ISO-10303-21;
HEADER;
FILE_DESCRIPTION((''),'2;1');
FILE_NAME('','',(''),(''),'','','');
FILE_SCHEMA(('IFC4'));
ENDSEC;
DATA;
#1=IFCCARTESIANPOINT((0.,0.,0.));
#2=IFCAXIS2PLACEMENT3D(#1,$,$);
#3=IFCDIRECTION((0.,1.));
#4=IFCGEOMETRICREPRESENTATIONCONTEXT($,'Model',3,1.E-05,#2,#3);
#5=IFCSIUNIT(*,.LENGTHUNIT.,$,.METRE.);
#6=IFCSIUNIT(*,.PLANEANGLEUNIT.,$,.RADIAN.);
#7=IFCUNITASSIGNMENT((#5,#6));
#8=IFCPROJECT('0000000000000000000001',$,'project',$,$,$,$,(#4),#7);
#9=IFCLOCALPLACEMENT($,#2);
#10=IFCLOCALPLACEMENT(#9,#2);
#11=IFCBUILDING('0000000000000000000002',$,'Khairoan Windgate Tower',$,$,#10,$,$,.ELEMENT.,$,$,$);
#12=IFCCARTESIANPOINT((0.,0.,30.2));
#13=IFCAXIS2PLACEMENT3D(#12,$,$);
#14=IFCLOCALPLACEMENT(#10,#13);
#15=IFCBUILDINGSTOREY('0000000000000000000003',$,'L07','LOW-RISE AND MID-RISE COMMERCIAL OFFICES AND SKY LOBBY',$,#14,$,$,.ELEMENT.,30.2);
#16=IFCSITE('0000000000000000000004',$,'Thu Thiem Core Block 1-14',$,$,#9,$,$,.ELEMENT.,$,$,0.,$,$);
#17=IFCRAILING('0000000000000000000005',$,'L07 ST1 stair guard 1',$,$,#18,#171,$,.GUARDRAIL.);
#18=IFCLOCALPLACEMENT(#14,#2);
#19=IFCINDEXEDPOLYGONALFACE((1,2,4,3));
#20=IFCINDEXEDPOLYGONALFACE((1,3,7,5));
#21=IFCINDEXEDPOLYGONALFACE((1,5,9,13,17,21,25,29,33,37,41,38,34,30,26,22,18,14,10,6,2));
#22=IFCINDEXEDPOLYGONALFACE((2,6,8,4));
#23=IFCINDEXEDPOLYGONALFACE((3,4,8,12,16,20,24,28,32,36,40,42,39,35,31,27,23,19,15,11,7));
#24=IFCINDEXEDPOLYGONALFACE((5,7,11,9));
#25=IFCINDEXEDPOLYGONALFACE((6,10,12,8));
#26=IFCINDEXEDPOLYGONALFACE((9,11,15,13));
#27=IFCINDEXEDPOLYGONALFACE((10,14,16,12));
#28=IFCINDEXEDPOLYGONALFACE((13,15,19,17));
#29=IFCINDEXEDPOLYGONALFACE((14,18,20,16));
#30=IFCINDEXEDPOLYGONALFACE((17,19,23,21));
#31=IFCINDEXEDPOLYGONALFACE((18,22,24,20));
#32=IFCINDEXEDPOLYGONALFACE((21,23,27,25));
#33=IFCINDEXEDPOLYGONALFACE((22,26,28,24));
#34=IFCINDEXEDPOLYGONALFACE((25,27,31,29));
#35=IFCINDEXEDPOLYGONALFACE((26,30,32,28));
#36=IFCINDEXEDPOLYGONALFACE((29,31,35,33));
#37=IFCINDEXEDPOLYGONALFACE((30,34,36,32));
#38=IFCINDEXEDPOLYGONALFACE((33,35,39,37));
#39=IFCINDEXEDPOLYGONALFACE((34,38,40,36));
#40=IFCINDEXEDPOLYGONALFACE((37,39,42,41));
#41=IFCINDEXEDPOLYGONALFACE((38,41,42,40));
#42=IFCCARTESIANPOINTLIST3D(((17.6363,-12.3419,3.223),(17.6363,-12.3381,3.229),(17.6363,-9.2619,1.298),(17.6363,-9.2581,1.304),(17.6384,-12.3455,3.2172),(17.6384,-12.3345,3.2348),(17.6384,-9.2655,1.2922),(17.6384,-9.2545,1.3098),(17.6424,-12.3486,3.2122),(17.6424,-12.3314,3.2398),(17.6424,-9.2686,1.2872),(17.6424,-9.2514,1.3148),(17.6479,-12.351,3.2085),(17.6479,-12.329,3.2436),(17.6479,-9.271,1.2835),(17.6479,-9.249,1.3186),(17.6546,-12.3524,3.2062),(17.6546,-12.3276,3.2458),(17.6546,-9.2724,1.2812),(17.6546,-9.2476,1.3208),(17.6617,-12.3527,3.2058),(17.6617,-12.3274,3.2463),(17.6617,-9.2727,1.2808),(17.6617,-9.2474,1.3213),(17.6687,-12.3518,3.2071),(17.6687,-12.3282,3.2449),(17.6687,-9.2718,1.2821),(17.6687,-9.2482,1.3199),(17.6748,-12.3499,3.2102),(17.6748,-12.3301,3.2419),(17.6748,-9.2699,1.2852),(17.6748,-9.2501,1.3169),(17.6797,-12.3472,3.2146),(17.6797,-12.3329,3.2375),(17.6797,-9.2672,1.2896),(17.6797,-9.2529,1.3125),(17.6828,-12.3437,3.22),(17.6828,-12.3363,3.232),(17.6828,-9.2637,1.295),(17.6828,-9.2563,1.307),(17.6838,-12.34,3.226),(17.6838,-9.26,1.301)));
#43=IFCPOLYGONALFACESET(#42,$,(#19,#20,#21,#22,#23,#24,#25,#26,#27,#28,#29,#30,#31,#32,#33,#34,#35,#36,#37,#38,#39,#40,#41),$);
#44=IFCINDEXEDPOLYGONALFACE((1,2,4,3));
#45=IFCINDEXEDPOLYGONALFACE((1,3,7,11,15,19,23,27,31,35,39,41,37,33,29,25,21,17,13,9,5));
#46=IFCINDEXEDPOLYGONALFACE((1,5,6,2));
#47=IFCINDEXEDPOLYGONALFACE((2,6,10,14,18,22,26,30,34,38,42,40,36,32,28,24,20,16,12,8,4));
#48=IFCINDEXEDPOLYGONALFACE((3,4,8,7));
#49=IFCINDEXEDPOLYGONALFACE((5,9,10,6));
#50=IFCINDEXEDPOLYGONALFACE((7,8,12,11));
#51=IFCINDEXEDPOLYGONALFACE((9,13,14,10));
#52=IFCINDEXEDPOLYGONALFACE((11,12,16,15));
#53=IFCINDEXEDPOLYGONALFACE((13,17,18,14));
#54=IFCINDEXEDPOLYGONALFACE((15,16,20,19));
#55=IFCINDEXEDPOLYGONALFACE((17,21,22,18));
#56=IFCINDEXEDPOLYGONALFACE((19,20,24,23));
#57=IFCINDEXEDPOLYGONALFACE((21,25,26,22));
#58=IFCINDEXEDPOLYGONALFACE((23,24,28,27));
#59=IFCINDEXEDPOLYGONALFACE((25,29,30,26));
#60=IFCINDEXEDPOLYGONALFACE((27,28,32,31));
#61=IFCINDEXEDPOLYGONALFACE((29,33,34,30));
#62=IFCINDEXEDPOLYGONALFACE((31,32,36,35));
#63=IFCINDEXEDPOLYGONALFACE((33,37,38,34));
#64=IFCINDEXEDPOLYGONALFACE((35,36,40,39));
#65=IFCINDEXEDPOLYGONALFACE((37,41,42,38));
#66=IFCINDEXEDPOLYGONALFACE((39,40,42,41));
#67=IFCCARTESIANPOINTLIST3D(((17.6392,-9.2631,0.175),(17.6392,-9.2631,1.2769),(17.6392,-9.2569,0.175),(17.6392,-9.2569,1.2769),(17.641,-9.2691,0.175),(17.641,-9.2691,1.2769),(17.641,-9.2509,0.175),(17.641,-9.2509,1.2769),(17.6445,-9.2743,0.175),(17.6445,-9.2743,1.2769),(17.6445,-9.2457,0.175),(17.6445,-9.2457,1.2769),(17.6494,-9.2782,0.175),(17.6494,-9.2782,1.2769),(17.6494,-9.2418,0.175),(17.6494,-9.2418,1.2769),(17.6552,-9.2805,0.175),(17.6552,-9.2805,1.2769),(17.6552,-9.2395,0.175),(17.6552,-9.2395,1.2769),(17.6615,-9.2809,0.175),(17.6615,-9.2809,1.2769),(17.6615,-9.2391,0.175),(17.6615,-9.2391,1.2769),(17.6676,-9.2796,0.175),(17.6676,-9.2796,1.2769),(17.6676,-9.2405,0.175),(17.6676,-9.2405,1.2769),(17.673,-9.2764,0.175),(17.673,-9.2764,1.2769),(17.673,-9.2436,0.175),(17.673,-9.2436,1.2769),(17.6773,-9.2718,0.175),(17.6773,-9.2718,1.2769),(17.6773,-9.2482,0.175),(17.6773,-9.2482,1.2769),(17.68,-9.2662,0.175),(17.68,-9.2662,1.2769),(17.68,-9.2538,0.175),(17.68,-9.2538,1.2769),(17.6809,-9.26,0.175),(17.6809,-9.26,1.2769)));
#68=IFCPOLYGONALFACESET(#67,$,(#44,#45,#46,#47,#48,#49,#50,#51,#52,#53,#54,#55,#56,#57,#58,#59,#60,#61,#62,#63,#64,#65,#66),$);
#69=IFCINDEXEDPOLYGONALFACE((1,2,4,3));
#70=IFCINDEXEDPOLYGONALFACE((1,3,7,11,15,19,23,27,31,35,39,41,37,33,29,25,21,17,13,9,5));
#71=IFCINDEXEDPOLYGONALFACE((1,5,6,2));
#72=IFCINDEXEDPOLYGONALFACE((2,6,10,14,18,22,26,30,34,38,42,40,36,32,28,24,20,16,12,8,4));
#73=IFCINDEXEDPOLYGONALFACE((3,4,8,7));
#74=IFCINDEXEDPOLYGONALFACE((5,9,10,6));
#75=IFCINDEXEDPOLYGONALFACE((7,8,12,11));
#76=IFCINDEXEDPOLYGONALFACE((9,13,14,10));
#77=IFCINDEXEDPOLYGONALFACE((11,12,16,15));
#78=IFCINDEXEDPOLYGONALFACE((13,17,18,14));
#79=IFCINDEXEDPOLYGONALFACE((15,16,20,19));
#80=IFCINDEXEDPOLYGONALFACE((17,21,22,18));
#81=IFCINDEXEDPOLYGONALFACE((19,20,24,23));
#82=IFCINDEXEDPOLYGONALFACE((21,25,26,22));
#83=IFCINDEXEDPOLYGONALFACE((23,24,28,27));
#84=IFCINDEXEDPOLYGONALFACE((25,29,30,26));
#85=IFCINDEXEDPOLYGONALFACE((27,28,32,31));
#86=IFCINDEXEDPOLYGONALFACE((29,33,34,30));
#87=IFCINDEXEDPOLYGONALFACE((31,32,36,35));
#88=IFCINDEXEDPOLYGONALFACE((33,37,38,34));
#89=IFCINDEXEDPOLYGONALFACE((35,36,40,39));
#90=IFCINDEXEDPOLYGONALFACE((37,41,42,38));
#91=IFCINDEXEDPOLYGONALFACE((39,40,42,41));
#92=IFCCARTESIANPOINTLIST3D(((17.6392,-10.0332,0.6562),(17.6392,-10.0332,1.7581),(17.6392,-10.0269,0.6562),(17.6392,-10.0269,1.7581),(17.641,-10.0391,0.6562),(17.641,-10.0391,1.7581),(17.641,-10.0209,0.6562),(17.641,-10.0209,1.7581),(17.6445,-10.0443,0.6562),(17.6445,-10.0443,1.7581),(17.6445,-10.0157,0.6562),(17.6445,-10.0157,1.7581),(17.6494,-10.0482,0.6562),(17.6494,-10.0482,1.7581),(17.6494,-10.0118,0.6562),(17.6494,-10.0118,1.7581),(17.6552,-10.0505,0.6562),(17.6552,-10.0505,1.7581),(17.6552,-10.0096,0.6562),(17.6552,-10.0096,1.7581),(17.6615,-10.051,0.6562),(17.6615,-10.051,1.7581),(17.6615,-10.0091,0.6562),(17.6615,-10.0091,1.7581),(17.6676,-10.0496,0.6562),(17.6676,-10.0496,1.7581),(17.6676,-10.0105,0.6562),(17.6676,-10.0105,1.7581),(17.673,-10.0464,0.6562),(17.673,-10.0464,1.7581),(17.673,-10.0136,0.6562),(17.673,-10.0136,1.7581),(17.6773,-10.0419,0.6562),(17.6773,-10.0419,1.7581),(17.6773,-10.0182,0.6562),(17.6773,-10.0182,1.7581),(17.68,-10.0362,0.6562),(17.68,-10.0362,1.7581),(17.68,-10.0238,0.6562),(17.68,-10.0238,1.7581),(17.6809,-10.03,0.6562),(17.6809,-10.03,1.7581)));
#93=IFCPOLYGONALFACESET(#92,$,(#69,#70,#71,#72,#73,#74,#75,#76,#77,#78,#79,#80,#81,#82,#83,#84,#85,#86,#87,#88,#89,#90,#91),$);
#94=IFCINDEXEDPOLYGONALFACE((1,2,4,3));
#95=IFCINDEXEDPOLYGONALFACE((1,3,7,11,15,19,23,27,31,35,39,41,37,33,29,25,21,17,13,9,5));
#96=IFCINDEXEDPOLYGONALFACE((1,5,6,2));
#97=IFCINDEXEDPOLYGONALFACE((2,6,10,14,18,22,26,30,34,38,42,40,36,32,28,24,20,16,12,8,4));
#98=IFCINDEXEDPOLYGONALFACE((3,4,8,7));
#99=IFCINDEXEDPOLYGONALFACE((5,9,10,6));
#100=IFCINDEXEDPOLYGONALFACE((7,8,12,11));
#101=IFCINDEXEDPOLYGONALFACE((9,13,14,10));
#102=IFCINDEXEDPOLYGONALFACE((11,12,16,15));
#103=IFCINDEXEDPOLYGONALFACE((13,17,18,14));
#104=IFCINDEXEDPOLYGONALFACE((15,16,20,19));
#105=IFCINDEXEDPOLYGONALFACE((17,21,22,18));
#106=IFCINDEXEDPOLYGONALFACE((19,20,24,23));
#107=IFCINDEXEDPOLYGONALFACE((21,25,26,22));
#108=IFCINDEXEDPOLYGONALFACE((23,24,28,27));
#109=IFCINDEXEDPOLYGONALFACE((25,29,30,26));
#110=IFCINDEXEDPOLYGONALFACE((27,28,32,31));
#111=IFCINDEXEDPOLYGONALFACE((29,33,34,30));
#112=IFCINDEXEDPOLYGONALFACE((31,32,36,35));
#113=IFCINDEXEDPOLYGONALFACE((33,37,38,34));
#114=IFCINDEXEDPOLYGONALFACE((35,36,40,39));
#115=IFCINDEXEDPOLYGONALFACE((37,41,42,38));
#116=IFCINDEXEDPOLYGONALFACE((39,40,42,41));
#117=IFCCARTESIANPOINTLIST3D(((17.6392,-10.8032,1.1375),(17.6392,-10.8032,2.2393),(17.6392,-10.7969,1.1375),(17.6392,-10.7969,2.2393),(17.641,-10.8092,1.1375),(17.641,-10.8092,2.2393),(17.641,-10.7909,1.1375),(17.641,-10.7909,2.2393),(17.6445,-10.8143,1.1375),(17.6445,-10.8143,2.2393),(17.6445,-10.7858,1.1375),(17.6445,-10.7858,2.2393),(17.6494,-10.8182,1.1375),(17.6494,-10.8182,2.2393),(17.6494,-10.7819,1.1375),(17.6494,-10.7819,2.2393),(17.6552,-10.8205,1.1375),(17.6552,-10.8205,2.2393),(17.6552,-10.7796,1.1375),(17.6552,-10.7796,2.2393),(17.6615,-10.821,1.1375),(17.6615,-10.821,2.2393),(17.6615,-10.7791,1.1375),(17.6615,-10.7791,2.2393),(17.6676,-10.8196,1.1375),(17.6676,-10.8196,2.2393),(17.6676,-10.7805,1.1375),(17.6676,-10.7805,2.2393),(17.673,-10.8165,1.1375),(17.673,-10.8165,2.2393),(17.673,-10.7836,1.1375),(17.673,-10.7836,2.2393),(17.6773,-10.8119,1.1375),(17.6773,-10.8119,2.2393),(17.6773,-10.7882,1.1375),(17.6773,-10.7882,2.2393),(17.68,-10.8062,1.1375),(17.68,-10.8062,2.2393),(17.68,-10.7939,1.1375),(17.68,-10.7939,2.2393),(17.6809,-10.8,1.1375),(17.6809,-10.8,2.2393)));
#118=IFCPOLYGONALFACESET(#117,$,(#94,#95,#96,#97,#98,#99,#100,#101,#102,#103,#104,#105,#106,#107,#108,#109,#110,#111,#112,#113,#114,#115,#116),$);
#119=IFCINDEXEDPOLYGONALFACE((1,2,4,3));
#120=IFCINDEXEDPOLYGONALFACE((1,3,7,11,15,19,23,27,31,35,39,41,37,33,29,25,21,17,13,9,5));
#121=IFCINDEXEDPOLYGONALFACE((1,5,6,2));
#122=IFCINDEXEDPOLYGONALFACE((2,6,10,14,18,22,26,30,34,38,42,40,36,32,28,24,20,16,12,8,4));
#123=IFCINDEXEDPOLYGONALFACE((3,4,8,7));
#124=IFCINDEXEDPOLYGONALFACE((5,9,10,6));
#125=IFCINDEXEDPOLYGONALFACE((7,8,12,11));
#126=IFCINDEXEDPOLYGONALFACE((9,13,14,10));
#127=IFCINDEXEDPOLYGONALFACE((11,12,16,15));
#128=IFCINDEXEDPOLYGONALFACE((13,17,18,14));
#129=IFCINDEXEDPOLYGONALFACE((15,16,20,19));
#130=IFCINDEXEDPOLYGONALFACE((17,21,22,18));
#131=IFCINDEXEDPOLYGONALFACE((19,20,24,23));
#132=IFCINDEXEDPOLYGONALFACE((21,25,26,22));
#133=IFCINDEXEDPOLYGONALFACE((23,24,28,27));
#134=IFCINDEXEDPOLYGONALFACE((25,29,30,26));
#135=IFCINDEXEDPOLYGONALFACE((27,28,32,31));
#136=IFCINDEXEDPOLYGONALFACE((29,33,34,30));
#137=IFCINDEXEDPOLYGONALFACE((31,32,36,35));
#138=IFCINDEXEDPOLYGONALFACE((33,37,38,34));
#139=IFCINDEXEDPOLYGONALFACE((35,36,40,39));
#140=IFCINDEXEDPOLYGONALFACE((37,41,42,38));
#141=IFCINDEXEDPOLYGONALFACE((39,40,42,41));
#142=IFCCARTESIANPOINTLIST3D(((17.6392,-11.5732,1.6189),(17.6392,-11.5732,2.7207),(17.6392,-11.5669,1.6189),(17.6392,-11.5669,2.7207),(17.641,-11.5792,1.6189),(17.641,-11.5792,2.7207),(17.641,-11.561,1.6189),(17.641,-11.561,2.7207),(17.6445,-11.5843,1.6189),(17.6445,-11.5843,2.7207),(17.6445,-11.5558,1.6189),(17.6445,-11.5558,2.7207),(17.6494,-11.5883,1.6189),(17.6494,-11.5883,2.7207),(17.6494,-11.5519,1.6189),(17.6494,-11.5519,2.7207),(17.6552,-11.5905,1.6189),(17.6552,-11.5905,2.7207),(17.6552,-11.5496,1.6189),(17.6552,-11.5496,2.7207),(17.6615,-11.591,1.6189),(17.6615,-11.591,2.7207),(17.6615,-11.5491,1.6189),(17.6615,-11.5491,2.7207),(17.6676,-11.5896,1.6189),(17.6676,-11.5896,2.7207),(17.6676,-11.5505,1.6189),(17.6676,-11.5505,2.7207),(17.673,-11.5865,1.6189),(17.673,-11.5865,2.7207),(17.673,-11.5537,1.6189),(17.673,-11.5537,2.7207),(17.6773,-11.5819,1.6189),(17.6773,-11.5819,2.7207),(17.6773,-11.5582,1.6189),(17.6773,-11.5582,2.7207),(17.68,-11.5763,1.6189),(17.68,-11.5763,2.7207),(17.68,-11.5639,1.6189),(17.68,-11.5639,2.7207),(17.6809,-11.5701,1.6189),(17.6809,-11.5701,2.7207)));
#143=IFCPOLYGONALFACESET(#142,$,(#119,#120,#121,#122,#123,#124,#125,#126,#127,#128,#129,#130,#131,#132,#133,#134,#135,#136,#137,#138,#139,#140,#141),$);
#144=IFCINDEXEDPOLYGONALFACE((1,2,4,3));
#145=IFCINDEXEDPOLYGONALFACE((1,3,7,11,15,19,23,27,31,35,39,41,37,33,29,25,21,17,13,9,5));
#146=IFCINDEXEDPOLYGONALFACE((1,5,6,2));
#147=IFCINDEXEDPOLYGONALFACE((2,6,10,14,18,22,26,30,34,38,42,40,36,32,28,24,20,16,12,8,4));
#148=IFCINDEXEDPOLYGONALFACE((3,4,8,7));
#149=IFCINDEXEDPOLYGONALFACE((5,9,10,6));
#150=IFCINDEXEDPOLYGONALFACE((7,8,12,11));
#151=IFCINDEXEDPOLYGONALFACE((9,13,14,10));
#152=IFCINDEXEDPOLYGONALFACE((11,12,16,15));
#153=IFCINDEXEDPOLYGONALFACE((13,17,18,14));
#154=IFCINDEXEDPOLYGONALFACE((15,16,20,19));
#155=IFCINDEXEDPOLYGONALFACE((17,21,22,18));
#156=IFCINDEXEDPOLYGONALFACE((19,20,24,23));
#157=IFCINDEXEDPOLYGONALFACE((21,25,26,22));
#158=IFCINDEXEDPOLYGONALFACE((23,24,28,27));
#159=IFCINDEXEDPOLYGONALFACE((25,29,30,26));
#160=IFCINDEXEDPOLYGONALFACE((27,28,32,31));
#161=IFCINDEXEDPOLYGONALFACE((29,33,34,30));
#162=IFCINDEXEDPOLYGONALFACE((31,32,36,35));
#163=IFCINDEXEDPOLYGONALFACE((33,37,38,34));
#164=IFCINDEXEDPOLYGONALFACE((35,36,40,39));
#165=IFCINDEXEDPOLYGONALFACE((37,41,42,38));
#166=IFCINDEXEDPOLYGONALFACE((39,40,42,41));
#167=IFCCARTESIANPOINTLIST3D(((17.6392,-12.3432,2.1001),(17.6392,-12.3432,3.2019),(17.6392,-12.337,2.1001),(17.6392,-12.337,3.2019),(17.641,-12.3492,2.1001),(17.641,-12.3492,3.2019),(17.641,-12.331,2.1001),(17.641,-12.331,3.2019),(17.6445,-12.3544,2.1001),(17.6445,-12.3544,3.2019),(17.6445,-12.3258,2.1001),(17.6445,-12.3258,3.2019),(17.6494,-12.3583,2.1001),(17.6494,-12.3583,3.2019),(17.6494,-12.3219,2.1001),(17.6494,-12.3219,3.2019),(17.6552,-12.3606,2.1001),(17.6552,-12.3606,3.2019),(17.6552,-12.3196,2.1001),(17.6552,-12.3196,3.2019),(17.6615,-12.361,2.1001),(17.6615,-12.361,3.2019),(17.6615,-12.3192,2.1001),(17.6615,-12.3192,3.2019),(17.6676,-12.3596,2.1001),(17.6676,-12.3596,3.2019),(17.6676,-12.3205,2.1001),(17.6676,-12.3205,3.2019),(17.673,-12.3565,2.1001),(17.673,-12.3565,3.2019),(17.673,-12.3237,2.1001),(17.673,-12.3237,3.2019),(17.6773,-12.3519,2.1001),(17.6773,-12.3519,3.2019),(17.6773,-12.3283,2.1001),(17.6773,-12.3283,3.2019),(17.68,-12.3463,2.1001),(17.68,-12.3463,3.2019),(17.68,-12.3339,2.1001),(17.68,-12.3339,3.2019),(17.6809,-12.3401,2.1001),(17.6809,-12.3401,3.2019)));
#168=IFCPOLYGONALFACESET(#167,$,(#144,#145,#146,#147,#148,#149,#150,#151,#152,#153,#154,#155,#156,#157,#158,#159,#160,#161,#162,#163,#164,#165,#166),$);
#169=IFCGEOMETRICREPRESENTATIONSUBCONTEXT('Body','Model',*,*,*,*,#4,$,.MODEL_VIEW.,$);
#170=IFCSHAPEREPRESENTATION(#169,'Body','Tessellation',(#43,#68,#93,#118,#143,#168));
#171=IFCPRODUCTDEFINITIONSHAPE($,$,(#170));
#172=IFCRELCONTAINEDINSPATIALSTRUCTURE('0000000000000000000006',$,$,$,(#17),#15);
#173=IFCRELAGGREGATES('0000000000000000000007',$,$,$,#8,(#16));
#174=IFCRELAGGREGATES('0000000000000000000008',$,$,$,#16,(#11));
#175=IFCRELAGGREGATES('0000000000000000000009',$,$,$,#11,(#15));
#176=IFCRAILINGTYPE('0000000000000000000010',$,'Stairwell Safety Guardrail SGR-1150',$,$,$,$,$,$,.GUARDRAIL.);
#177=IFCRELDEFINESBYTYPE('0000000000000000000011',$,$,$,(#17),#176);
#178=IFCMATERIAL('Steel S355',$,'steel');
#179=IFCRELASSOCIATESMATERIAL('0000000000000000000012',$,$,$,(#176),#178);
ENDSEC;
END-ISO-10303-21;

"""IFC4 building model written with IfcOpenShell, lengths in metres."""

from ifc_helpers import new_model, si_unit, direction, frame, origin, origin_2d, place, context, subcontext, project, spatial, circle, extrude, material, type_object, element, save


model = new_model("IFC4")

# Units and contexts
model_context = context("Model", 3, precision=1e-05, world=origin(), true_north=direction((0.0, 1.0)))
body_context = subcontext(model_context, "Body", "Model", "MODEL_VIEW")
ifc_project = project(units=[si_unit("LENGTHUNIT", "METRE"), si_unit("PLANEANGLEUNIT", "RADIAN")], contexts=[model_context])

# Site, building, storey
site_placement = place(None, origin())
site = spatial("IfcSite", under=ifc_project, at=site_placement, Name="Thu Thiem Core Block 1-14", CompositionType="ELEMENT", RefElevation=0.0)
building_placement = place(site_placement, origin())
building = spatial("IfcBuilding", under=site, at=building_placement, Name="Khairoan Windgate Tower", CompositionType="ELEMENT")
storey_placement = place(building_placement, frame((0.0, 0.0, 30.2)))
storey = spatial("IfcBuildingStorey", under=building, at=storey_placement, Name="L07", Description="LOW-RISE AND MID-RISE COMMERCIAL OFFICES AND SKY LOBBY", CompositionType="ELEMENT", Elevation=30.2)

# Railing
ifc_material_1 = material(Name="Steel S355", Category="steel")
railing_type_1 = type_object("IfcRailingType", Name="Stairwell Safety Guardrail SGR-1150", PredefinedType="GUARDRAIL", material=ifc_material_1)
railing_1_placement = place(storey_placement, frame((17.6599, -9.26, 0.175)))
element("IfcRailing", 1, at=railing_1_placement, inside=storey, type_object=railing_type_1, Name="L07 ST1 stair guard 1", PredefinedType="GUARDRAIL", context=body_context, shape_type="SweptSolid", body=[
    extrude(circle(Radius=0.0239, at=origin_2d()), frame((0.0, 0.0, 1.126), z_axis=(0.0, -0.847998, 0.529999), x_axis=(1.0, 0.0, 0.0)), (0.0, 0.0, 1.0), 3.6321),
    extrude(circle(Radius=0.021, at=origin_2d()), origin(), (0.0, 0.0, 1.0), 1.1018),
    extrude(circle(Radius=0.021, at=origin_2d()), frame((0.0, -0.77, 0.4812)), (0.0, 0.0, 1.0), 1.1018),
    extrude(circle(Radius=0.021, at=origin_2d()), frame((0.0, -1.54, 0.9624)), (0.0, 0.0, 1.0), 1.1018),
    extrude(circle(Radius=0.021, at=origin_2d()), frame((0.0, -2.3101, 1.4438)), (0.0, 0.0, 1.0), 1.1018),
    extrude(circle(Radius=0.021, at=origin_2d()), frame((0.0, -3.0801, 1.925)), (0.0, 0.0, 1.0), 1.1018),
])

save(model, "model.ifc")
